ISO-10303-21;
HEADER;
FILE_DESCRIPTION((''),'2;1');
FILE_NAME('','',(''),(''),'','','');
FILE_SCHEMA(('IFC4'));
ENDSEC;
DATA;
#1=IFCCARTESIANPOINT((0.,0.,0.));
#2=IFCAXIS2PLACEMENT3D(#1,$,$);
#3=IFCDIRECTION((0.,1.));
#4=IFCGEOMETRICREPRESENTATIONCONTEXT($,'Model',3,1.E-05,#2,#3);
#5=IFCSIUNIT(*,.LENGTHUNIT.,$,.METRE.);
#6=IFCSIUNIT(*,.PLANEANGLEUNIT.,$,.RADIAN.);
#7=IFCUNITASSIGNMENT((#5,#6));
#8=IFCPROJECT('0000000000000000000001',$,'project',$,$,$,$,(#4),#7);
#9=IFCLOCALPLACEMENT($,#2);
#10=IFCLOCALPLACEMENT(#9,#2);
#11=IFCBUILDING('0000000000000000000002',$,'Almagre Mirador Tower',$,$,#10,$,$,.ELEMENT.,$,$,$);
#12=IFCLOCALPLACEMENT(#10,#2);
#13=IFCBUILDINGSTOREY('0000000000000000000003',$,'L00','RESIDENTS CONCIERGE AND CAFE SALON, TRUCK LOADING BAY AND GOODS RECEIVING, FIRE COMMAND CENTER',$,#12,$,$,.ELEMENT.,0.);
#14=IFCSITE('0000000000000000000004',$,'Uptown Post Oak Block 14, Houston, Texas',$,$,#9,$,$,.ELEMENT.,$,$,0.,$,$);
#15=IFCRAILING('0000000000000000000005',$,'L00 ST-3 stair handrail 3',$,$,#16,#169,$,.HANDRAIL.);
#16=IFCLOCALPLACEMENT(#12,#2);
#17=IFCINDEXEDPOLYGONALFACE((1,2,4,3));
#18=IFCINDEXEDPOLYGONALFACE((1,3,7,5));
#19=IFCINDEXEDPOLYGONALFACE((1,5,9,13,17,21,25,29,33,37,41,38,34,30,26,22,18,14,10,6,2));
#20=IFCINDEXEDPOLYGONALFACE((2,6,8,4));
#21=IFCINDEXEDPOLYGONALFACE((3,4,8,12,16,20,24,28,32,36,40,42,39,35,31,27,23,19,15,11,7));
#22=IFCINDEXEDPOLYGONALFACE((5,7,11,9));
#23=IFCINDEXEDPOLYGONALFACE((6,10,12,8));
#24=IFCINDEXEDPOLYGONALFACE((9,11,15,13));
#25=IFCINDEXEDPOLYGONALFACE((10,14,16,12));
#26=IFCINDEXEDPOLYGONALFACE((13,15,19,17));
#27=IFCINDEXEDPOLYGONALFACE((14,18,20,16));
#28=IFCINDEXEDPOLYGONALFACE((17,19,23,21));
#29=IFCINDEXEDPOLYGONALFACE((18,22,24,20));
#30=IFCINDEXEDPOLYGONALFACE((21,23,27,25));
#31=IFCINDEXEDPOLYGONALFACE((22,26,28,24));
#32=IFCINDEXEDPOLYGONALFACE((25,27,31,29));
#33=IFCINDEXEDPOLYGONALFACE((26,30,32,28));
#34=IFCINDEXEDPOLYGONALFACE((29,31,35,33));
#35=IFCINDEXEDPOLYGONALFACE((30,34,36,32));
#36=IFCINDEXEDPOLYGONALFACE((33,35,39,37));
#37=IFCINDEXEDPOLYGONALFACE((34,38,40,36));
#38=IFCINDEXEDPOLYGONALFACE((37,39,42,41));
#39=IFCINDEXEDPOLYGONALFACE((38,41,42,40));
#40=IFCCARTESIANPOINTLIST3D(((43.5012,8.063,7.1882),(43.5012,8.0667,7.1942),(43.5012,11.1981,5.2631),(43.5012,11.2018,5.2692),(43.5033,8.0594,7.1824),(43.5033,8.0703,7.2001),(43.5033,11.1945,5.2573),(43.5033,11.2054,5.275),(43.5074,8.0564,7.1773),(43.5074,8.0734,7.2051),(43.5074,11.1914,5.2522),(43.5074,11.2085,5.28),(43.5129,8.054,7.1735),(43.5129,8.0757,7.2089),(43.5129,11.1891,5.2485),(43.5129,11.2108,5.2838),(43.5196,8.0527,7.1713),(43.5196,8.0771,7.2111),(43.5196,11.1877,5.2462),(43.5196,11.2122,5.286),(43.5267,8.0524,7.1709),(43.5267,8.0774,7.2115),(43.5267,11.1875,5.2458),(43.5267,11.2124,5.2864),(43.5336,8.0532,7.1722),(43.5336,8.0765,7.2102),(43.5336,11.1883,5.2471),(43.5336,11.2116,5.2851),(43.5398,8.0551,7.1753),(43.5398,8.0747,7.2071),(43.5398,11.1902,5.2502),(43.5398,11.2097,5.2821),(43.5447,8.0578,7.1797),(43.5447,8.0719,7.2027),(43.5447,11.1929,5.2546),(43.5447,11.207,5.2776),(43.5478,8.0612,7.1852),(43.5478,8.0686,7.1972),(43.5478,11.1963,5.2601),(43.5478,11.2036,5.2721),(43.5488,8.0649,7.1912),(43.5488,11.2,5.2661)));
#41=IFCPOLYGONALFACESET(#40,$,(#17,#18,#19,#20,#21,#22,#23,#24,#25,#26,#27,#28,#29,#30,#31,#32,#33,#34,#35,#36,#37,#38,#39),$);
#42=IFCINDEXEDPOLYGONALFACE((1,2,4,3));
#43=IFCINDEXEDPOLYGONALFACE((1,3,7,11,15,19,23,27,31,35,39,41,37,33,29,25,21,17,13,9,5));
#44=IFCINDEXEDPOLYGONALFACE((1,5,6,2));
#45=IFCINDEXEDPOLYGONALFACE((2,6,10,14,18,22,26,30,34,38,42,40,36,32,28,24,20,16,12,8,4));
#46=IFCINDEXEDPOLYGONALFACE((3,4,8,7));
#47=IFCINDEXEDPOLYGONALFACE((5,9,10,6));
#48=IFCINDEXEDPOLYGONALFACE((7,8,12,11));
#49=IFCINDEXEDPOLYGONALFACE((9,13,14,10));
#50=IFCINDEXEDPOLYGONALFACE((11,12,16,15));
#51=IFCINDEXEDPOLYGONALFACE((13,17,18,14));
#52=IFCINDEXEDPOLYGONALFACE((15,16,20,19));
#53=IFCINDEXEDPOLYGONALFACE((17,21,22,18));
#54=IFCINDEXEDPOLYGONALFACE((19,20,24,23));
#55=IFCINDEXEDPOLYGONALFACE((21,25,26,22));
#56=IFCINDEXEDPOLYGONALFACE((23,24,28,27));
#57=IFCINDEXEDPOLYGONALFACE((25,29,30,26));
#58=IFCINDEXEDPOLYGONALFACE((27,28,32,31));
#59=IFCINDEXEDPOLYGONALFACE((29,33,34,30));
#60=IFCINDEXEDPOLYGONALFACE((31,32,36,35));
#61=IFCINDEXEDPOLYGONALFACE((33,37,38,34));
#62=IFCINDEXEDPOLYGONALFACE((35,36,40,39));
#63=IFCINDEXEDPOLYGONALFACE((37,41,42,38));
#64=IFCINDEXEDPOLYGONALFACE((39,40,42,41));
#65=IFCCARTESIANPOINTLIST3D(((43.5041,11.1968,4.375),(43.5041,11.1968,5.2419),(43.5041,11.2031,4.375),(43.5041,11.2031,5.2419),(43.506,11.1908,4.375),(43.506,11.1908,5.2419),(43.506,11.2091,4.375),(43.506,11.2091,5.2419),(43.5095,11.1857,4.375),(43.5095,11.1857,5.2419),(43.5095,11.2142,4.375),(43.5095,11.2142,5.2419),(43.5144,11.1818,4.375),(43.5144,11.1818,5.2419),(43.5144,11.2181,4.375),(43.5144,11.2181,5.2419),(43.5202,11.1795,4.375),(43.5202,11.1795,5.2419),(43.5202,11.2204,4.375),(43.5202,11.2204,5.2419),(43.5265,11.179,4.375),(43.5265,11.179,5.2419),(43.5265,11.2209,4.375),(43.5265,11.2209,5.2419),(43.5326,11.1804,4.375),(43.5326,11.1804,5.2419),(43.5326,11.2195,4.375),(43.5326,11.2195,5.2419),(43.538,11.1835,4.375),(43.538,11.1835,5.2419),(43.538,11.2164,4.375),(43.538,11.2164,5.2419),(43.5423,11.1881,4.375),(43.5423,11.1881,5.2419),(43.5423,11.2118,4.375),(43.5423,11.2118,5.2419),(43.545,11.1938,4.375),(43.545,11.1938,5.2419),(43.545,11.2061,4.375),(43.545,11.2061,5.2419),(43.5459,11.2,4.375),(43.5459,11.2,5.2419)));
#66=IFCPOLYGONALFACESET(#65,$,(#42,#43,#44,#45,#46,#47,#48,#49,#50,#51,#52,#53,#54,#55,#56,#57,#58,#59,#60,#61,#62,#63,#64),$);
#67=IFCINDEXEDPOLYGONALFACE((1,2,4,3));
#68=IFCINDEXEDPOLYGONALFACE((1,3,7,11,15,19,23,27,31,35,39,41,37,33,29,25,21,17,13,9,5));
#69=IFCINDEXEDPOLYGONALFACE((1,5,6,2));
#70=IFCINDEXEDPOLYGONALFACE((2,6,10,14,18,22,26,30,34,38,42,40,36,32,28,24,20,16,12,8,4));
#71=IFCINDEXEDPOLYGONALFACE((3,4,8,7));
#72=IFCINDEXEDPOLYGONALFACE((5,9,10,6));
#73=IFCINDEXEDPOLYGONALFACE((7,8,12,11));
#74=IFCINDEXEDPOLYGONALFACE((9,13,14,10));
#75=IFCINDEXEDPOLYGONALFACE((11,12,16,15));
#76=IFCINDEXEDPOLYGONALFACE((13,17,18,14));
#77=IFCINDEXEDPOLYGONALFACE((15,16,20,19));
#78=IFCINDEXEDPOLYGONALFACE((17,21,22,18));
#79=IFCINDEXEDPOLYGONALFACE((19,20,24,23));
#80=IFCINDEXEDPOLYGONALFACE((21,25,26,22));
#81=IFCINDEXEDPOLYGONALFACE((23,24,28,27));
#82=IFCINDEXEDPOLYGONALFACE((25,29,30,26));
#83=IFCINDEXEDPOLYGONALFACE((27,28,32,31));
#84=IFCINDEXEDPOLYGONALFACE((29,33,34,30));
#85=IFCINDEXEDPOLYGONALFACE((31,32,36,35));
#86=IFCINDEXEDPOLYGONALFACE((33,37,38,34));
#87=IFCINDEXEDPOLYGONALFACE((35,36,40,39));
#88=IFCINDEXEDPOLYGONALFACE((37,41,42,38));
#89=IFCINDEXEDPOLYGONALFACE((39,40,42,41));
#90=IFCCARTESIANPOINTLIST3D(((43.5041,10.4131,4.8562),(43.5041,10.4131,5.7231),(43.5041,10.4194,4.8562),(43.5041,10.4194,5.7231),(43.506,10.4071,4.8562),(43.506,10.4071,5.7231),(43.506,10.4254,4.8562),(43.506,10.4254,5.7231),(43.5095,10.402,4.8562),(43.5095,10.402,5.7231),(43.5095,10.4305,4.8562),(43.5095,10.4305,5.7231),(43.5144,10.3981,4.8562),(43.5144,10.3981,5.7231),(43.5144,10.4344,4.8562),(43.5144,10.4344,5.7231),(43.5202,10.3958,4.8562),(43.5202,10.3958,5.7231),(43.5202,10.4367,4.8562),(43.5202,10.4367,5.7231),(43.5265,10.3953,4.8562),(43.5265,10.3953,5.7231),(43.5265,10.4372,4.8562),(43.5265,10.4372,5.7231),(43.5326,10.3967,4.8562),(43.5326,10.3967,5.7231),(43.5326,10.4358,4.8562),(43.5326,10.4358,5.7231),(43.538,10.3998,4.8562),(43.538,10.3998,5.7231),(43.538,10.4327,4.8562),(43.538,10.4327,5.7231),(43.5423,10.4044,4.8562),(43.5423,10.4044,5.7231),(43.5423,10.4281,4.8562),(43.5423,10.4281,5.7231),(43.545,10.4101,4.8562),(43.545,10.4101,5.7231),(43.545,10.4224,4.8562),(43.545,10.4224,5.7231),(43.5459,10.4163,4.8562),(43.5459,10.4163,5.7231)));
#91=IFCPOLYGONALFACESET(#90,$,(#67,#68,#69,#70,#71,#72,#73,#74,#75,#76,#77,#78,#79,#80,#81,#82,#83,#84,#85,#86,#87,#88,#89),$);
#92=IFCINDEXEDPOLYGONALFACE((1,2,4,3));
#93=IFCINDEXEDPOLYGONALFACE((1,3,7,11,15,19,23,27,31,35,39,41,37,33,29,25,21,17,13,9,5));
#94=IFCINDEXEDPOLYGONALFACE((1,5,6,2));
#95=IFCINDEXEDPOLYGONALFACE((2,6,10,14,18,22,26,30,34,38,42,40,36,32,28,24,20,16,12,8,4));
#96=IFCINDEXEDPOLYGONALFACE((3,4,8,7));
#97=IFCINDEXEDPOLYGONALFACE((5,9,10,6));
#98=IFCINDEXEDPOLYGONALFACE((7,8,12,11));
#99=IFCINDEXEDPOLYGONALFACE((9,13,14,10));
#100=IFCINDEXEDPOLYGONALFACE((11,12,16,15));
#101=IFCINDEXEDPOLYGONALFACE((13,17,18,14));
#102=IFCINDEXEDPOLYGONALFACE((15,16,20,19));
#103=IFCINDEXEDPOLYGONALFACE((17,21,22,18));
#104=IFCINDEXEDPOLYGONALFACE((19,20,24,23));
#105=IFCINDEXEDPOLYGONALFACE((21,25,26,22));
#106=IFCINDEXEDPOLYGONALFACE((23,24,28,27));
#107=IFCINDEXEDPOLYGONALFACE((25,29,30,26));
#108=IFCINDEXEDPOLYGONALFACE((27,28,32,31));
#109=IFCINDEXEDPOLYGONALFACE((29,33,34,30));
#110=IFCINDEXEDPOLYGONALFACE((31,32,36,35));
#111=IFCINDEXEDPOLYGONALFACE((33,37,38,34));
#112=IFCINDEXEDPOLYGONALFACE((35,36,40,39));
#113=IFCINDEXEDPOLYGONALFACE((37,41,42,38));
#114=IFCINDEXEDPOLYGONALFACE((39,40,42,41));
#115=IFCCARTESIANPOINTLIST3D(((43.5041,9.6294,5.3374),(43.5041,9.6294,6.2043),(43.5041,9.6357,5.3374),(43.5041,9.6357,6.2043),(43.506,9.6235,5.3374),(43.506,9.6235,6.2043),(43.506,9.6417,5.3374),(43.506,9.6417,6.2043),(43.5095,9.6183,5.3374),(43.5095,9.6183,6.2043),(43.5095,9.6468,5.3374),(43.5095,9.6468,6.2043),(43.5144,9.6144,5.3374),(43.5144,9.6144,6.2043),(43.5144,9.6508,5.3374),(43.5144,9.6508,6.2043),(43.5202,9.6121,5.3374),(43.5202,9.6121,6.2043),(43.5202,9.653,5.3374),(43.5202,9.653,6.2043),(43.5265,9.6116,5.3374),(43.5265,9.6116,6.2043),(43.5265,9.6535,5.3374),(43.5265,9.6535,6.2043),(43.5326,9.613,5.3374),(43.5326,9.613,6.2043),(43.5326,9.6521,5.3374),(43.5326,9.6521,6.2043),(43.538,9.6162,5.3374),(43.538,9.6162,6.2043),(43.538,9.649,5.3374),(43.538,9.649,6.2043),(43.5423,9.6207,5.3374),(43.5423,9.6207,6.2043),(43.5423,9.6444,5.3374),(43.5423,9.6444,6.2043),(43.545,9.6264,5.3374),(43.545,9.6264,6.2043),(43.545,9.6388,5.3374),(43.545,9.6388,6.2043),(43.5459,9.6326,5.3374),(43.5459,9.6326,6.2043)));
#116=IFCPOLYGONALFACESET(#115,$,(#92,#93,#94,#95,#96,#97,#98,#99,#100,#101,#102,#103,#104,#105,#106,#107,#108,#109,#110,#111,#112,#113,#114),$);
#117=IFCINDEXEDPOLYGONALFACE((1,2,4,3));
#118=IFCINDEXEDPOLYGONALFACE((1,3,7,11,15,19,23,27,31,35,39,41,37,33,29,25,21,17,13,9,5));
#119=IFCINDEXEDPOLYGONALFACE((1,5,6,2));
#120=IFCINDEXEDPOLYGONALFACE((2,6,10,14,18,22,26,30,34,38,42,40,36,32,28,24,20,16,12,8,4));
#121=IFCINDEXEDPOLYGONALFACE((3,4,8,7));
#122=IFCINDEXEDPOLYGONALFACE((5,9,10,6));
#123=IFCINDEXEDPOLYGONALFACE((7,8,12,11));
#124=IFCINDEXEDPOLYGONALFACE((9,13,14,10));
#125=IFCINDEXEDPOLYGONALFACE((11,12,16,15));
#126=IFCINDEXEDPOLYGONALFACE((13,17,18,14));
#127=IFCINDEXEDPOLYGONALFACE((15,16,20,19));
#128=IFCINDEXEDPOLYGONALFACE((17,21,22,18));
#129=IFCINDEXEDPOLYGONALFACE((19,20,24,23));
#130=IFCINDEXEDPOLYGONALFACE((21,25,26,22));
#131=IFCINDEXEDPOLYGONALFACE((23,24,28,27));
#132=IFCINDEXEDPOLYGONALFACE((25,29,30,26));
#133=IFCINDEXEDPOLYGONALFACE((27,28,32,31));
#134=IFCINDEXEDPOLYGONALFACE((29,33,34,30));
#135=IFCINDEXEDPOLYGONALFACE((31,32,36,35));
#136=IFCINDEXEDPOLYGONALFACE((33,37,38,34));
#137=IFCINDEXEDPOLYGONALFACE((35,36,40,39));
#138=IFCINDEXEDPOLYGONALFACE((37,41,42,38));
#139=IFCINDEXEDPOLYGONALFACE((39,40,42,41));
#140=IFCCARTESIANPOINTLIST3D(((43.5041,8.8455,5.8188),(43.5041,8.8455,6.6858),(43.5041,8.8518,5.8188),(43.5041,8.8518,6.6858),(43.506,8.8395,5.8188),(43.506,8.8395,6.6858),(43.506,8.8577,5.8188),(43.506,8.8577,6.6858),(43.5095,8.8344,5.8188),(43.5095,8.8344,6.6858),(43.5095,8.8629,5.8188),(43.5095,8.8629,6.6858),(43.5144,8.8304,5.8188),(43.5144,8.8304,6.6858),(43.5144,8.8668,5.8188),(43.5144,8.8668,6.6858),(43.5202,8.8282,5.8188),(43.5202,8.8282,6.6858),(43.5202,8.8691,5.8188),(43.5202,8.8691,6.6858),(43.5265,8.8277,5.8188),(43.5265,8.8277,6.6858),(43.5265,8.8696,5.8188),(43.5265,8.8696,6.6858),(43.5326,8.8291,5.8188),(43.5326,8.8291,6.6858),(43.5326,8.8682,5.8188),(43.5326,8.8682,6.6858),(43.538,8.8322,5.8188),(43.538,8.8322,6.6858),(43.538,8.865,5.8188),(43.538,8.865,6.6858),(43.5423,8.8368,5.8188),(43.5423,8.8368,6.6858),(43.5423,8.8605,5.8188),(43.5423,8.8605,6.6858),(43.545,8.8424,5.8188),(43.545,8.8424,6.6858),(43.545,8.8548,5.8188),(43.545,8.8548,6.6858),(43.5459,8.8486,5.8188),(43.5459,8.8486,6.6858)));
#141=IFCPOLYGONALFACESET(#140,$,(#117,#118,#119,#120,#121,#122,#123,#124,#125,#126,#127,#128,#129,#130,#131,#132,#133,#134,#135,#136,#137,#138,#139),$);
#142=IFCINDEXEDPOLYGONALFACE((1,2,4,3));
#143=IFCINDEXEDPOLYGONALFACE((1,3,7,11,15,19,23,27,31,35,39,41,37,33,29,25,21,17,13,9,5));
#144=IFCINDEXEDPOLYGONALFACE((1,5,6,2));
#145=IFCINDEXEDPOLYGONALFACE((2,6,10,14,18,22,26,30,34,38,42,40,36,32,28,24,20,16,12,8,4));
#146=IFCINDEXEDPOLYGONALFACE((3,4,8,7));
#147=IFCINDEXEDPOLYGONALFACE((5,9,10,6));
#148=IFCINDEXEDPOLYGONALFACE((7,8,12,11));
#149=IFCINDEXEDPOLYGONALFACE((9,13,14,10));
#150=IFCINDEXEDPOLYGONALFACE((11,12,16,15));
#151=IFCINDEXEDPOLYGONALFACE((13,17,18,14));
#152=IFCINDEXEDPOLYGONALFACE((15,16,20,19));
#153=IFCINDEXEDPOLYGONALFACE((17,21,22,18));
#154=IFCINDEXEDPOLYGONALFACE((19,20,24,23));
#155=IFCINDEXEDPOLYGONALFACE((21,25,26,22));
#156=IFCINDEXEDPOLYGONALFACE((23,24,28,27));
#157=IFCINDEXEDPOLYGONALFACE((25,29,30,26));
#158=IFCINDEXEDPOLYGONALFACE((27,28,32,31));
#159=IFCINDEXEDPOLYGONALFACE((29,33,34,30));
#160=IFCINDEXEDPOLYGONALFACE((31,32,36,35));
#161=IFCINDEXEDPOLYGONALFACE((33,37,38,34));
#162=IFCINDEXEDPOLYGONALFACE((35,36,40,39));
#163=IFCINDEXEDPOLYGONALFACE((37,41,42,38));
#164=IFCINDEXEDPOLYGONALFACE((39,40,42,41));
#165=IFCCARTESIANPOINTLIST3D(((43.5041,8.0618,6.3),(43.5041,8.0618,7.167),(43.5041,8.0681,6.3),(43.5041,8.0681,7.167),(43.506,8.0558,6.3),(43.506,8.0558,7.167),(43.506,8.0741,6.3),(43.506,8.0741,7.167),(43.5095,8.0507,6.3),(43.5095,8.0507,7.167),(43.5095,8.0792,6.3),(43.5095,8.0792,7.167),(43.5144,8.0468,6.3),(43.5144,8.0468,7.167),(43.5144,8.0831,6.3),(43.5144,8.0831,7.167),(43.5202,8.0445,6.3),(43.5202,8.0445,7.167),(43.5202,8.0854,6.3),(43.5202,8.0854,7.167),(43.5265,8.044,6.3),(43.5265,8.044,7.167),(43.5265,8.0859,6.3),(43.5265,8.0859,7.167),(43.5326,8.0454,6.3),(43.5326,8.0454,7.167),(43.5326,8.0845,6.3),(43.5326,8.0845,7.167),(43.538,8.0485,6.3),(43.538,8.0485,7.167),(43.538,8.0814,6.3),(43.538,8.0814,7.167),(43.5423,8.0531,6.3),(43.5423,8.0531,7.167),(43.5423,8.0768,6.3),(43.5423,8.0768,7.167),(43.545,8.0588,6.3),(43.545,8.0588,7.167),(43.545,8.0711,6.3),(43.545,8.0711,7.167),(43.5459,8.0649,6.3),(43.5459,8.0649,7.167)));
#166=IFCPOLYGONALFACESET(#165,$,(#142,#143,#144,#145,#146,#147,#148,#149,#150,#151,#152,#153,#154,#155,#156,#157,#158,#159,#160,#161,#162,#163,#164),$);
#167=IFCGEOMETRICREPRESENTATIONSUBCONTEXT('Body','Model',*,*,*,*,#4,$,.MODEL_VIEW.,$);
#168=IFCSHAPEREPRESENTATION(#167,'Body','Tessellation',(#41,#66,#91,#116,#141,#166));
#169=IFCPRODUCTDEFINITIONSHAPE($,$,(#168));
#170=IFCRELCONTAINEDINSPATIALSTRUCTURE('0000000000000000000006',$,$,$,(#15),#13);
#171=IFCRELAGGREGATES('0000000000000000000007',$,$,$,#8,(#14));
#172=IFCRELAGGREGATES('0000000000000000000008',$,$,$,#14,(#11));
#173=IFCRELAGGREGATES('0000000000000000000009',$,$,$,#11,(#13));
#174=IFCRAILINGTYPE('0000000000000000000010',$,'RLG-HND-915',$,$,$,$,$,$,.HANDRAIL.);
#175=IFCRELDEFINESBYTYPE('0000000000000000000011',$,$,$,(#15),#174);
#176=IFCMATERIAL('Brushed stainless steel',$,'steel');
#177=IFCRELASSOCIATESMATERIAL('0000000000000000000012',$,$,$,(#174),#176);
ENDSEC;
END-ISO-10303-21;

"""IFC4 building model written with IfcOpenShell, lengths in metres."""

from ifc_helpers import new_model, si_unit, direction, frame, origin, origin_2d, place, context, subcontext, project, spatial, circle, extrude, material, type_object, element, save


model = new_model("IFC4")

# Units and contexts
model_context = context("Model", 3, precision=1e-05, world=origin(), true_north=direction((0.0, 1.0)))
body_context = subcontext(model_context, "Body", "Model", "MODEL_VIEW")
ifc_project = project(units=[si_unit("LENGTHUNIT", "METRE"), si_unit("PLANEANGLEUNIT", "RADIAN")], contexts=[model_context])

# Site, building, storey
site_placement = place(None, origin())
site = spatial("IfcSite", under=ifc_project, at=site_placement, Name="Uptown Post Oak Block 14, Houston, Texas", CompositionType="ELEMENT", RefElevation=0.0)
building_placement = place(site_placement, origin())
building = spatial("IfcBuilding", under=site, at=building_placement, Name="Almagre Mirador Tower", CompositionType="ELEMENT")
storey_placement = place(building_placement, origin())
storey = spatial("IfcBuildingStorey", under=building, at=storey_placement, Name="L00", Description="RESIDENTS CONCIERGE AND CAFE SALON, TRUCK LOADING BAY AND GOODS RECEIVING, FIRE COMMAND CENTER", CompositionType="ELEMENT", Elevation=0.0)

# Railing
ifc_material_1 = material(Name="Brushed stainless steel", Category="steel")
railing_type_1 = type_object("IfcRailingType", Name="RLG-HND-915", PredefinedType="HANDRAIL", material=ifc_material_1)
railing_1_placement = place(storey_placement, frame((43.5249, 11.2, 4.375)))
element("IfcRailing", 1, at=railing_1_placement, inside=storey, type_object=railing_type_1, Name="L00 ST-3 stair handrail 3", PredefinedType="HANDRAIL", context=body_context, shape_type="SweptSolid", body=[
    extrude(circle(Radius=0.0239, at=origin_2d()), frame((0.0, 0.0, 0.8911), z_axis=(0.0, -0.852166, 0.523271), x_axis=(1.0, 0.0, 0.0)), (0.0, 0.0, 1.0), 3.679),
    extrude(circle(Radius=0.021, at=origin_2d()), origin(), (0.0, 0.0, 1.0), 0.8669),
    extrude(circle(Radius=0.021, at=origin_2d()), frame((0.0, -0.7837, 0.4812)), (0.0, 0.0, 1.0), 0.8669),
    extrude(circle(Radius=0.021, at=origin_2d()), frame((0.0, -1.5674, 0.9624)), (0.0, 0.0, 1.0), 0.8669),
    extrude(circle(Radius=0.021, at=origin_2d()), frame((0.0, -2.3513, 1.4438)), (0.0, 0.0, 1.0), 0.8669),
    extrude(circle(Radius=0.021, at=origin_2d()), frame((0.0, -3.135, 1.925)), (0.0, 0.0, 1.0), 0.8669),
])

save(model, "model.ifc")
